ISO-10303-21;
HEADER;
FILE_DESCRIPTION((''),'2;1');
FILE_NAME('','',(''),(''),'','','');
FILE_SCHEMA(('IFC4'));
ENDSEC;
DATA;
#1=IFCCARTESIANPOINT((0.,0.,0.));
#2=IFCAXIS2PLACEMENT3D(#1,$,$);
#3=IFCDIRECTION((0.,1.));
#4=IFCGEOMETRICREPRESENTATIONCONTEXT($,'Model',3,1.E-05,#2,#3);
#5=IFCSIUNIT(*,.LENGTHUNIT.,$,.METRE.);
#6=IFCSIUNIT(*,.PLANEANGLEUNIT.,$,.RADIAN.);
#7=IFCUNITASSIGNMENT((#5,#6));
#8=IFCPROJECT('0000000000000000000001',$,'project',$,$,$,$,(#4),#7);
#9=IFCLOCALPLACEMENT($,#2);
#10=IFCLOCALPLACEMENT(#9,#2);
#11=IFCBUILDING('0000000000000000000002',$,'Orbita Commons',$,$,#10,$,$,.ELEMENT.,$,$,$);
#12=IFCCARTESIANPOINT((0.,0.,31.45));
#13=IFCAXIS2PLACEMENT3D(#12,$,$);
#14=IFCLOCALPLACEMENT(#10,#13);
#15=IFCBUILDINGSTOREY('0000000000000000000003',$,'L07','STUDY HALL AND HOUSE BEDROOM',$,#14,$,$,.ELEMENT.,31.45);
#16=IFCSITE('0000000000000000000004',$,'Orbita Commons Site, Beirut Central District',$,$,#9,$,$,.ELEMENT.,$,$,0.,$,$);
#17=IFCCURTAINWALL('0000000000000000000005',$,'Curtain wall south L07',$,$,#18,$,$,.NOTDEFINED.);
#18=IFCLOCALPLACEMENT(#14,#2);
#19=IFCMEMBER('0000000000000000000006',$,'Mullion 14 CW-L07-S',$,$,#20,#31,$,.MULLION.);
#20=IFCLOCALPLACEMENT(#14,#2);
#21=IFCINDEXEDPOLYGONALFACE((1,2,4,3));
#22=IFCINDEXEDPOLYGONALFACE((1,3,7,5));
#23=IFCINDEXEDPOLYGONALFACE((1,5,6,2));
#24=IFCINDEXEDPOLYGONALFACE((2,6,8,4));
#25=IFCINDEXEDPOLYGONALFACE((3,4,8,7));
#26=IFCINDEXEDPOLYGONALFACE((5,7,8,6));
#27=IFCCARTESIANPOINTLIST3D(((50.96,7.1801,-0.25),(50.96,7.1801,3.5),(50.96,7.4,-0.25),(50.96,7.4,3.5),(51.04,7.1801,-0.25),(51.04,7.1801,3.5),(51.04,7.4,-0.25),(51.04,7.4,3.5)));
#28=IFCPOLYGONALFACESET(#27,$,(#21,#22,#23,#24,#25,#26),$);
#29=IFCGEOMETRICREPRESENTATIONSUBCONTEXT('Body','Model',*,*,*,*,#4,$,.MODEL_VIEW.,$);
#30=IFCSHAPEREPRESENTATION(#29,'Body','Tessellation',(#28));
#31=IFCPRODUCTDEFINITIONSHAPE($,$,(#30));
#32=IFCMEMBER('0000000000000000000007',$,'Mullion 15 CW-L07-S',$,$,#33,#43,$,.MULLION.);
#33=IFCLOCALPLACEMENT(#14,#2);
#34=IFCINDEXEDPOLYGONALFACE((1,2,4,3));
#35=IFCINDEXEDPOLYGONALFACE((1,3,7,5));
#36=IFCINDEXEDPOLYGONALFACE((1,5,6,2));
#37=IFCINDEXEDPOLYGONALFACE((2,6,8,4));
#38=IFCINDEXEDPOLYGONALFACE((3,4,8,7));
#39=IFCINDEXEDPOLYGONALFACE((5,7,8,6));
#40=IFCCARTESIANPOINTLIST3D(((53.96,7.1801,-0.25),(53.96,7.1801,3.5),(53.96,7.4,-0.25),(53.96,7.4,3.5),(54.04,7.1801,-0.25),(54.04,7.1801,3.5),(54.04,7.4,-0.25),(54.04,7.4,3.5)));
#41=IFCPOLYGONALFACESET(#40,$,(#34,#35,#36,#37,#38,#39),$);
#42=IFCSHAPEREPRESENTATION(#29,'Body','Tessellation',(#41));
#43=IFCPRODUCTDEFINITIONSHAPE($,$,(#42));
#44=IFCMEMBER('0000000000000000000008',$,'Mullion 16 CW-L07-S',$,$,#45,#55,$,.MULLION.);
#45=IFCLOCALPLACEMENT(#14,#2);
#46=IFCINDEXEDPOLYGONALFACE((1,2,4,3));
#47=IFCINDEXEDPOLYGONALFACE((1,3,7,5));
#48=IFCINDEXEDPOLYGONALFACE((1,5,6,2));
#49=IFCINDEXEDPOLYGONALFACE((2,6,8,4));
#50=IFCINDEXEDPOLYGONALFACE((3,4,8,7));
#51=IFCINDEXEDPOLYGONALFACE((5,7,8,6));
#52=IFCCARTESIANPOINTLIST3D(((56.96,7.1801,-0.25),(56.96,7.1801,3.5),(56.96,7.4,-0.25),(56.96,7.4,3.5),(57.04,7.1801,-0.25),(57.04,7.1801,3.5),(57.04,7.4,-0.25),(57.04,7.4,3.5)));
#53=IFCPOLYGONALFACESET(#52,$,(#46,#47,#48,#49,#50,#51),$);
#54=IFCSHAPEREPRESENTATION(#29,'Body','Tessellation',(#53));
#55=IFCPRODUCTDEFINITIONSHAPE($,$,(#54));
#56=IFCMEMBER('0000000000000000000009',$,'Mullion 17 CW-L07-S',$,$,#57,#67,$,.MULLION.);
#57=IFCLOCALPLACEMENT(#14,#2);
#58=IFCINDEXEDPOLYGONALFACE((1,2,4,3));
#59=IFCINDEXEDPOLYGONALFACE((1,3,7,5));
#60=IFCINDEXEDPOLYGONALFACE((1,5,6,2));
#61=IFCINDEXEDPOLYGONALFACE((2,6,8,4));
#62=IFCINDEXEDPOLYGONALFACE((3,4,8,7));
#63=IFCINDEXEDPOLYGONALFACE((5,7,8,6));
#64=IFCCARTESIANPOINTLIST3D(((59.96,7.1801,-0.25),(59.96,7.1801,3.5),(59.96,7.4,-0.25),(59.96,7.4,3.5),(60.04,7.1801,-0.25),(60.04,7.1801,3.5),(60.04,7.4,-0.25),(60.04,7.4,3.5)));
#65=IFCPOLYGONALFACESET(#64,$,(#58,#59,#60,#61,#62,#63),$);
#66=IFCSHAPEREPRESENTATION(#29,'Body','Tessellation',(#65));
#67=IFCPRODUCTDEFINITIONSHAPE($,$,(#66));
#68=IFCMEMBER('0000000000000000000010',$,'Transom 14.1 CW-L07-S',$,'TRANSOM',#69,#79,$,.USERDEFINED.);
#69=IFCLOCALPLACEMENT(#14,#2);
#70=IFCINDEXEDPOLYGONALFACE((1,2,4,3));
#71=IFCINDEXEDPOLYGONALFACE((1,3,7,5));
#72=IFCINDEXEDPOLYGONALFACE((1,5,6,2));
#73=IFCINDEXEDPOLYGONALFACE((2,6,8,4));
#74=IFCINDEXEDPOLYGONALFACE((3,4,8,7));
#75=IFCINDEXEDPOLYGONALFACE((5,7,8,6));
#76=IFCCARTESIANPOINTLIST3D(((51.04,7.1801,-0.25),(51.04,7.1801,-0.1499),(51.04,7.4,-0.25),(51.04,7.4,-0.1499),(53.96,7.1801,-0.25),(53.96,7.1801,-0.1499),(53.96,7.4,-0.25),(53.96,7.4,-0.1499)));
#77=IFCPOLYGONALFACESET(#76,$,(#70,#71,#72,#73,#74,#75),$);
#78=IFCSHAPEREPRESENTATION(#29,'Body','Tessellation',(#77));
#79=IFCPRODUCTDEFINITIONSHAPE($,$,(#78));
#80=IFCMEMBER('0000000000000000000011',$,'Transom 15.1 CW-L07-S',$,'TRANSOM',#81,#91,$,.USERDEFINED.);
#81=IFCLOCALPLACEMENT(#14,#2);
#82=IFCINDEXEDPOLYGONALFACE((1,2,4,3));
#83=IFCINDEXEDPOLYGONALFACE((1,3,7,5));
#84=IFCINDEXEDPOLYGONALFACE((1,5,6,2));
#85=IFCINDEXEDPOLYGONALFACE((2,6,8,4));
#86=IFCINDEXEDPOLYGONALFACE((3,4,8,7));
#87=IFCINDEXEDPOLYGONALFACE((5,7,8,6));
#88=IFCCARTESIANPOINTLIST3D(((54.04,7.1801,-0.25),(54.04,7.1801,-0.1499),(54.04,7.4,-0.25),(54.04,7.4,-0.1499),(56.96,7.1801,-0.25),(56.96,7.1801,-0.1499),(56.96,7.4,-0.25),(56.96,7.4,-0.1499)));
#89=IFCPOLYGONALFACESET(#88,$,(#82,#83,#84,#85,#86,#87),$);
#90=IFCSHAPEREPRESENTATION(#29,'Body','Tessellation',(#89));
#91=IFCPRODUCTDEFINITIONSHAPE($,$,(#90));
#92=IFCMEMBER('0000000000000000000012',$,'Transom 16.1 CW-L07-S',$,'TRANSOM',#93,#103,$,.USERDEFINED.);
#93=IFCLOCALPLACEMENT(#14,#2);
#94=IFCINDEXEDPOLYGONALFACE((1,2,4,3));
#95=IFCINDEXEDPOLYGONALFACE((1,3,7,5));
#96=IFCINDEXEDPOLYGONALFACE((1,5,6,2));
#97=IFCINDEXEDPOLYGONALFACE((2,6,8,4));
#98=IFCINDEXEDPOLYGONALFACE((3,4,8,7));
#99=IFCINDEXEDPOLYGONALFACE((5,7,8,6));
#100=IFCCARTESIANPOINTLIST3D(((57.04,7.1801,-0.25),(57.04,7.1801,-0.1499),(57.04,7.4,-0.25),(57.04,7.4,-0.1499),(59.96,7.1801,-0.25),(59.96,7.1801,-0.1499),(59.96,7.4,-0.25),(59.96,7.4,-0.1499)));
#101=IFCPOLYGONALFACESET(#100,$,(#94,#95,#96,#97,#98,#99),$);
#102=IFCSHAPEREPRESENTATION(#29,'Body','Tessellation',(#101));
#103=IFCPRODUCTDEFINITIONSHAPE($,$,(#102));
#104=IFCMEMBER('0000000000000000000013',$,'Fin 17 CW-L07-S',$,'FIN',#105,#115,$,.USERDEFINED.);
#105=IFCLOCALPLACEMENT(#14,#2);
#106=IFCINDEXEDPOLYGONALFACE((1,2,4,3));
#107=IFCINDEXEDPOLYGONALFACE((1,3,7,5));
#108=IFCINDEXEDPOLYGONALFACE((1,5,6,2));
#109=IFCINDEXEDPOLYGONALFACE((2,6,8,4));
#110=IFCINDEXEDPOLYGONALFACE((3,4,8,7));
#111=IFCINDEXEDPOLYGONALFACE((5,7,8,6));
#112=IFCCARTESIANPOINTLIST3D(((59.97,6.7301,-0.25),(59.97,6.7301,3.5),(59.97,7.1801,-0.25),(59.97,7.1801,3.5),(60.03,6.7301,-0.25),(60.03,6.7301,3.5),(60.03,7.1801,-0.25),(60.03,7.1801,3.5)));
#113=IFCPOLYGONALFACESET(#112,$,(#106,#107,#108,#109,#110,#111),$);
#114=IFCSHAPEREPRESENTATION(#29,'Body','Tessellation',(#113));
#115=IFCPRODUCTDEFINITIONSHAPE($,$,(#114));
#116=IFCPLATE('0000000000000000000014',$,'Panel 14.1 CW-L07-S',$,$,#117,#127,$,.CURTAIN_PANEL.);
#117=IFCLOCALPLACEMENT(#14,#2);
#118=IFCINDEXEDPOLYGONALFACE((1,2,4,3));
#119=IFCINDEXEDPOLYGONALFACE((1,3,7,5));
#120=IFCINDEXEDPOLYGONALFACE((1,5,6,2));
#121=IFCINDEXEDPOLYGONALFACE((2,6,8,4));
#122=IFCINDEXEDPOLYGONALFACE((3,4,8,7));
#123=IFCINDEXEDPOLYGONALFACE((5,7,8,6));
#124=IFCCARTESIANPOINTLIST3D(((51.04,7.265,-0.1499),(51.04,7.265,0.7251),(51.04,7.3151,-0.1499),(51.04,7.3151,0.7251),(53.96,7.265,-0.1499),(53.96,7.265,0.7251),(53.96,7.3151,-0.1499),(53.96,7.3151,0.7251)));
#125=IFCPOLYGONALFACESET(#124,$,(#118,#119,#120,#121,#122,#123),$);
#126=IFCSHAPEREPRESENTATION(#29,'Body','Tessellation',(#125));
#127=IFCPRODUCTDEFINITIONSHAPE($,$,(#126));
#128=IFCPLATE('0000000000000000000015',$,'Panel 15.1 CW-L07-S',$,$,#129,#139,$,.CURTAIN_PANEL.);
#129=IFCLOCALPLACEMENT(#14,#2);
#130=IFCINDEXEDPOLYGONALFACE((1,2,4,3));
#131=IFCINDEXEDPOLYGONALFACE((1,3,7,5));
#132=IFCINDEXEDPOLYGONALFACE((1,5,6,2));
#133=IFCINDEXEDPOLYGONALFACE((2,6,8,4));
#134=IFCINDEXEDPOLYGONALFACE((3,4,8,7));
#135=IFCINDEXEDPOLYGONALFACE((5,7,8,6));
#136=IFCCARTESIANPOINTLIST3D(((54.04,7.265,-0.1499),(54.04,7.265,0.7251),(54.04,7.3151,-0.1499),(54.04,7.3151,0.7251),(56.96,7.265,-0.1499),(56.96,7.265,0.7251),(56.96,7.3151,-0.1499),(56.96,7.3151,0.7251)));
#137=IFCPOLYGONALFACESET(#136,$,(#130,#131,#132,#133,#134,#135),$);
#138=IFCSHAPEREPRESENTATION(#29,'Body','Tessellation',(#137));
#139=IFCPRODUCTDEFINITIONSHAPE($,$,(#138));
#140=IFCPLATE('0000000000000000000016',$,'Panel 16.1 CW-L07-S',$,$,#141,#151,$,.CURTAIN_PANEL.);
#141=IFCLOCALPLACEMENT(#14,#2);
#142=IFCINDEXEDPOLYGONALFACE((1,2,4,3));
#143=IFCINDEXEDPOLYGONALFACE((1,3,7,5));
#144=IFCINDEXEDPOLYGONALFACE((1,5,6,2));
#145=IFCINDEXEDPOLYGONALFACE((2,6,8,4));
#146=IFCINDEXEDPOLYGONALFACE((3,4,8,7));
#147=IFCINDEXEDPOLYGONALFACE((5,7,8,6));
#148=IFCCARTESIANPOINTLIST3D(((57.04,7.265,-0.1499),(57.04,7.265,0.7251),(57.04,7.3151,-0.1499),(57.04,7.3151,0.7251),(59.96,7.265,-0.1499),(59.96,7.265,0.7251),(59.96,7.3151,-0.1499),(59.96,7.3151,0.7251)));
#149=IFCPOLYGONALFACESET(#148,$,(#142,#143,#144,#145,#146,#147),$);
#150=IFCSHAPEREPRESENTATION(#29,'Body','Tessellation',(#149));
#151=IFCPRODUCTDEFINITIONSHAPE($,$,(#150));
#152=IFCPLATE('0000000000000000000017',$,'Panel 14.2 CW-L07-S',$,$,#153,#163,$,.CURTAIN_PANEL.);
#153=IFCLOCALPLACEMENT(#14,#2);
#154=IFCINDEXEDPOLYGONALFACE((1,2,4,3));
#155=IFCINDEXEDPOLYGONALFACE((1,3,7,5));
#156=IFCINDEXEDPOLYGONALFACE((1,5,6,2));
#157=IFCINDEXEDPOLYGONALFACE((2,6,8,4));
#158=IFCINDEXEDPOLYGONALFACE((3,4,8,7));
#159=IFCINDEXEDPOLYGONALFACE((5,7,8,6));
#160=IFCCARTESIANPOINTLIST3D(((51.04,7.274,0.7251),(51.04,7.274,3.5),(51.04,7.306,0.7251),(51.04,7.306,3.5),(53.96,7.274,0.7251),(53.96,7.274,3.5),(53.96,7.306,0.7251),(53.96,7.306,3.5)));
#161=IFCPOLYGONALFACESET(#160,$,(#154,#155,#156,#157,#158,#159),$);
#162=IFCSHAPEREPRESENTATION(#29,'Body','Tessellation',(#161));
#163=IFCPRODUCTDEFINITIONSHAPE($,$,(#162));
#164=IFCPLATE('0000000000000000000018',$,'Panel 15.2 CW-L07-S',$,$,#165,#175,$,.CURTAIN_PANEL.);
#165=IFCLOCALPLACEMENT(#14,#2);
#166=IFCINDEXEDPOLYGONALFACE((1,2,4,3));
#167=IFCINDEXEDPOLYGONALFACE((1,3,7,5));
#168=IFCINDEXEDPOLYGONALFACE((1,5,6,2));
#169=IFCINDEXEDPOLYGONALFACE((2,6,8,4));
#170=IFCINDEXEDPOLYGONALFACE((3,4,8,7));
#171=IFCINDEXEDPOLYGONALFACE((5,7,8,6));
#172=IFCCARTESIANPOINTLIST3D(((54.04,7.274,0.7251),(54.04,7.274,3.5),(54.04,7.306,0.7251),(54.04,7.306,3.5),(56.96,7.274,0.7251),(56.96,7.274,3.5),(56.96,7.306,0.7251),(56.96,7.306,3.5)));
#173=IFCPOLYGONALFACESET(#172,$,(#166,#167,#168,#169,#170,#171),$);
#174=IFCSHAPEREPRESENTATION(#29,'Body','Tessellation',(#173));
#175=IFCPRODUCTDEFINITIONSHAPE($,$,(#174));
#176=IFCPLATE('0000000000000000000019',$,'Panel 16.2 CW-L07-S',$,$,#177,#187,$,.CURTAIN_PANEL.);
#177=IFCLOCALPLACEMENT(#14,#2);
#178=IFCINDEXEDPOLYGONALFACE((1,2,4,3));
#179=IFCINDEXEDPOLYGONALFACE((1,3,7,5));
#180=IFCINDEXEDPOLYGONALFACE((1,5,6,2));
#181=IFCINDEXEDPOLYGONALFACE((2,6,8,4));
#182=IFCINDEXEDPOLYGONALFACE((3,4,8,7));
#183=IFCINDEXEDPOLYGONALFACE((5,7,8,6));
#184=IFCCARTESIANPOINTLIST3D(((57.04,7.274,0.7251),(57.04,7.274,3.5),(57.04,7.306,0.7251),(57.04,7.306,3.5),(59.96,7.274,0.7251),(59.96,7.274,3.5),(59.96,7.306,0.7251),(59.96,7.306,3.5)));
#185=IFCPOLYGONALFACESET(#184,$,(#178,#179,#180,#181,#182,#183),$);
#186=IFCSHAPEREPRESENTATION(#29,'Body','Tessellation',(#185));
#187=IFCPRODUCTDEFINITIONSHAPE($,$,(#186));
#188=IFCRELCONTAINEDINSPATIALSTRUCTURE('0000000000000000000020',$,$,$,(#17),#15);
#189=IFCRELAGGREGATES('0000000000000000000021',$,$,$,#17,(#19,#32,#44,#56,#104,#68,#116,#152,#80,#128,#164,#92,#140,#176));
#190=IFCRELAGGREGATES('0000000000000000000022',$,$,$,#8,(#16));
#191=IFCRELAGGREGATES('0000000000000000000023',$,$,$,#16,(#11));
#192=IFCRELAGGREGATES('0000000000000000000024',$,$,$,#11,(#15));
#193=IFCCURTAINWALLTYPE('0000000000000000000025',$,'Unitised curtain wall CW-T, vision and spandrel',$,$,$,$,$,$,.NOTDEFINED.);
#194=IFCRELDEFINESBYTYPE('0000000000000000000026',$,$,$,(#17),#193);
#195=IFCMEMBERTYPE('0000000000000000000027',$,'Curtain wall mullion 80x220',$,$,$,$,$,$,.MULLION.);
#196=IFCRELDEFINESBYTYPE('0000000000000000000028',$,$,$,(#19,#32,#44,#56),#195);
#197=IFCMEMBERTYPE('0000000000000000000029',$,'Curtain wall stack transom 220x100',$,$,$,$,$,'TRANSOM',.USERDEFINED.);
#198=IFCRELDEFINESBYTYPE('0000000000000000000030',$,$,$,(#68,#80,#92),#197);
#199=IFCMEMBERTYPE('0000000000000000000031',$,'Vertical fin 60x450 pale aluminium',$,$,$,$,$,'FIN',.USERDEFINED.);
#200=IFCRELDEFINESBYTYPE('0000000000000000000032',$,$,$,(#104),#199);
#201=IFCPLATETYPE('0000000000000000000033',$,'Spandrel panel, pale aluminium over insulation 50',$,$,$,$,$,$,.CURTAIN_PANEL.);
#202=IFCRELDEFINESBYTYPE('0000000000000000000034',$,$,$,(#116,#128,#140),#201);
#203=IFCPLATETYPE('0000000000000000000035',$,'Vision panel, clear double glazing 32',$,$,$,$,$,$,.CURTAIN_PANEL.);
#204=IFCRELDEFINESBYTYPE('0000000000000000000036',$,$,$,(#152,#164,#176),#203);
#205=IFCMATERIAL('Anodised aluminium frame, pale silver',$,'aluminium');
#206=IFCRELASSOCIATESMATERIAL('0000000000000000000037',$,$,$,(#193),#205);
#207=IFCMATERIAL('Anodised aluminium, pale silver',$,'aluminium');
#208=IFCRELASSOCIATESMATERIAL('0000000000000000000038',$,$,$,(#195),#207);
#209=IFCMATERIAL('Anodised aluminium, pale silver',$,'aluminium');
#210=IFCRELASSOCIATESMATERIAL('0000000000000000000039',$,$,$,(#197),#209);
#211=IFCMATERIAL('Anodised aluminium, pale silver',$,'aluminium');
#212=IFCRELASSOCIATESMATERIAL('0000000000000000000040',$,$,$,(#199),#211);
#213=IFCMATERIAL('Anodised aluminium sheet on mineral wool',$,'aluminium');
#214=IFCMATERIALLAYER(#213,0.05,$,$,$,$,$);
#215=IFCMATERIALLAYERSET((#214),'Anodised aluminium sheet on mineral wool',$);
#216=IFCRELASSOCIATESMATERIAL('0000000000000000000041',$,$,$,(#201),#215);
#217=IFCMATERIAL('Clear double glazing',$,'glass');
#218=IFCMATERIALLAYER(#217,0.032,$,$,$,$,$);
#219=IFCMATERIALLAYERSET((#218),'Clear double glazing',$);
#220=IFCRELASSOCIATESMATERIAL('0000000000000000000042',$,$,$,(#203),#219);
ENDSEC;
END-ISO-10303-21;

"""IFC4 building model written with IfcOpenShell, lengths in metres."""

from ifc_helpers import new_model, si_unit, direction, frame, origin, origin_2d, place, context, subcontext, project, spatial, rectangle, extrude, material, layer, layer_set, material_profile, profile_set, type_object, element, aggregate, save


model = new_model("IFC4")

# Units and contexts
model_context = context("Model", 3, precision=1e-05, world=origin(), true_north=direction((0.0, 1.0)))
body_context = subcontext(model_context, "Body", "Model", "MODEL_VIEW")
ifc_project = project(units=[si_unit("LENGTHUNIT", "METRE"), si_unit("PLANEANGLEUNIT", "RADIAN")], contexts=[model_context])

# Site, building, storey
site_placement = place(None, origin())
site = spatial("IfcSite", under=ifc_project, at=site_placement, Name="Orbita Commons Site, Beirut Central District", CompositionType="ELEMENT", RefElevation=0.0)
building_placement = place(site_placement, origin())
building = spatial("IfcBuilding", under=site, at=building_placement, Name="Orbita Commons", CompositionType="ELEMENT")
storey_placement = place(building_placement, frame((0.0, 0.0, 31.45)))
storey = spatial("IfcBuildingStorey", under=building, at=storey_placement, Name="L07", Description="STUDY HALL AND HOUSE BEDROOM", CompositionType="ELEMENT", Elevation=31.45)

# Curtain wall, members, plates
ifc_material_1 = material(Name="Anodised aluminium frame, pale silver", Category="aluminium")
curtain_wall_type = type_object("IfcCurtainWallType", Name="Unitised curtain wall CW-T, vision and spandrel", PredefinedType="NOTDEFINED", material=ifc_material_1)
curtain_wall_placement = place(storey_placement, origin())
curtain_wall = element("IfcCurtainWall", 1, at=curtain_wall_placement, inside=storey, type_object=curtain_wall_type, Name="Curtain wall south L07", PredefinedType="NOTDEFINED")
ifc_material_2 = material(Name="Anodised aluminium, pale silver", Category="aluminium")
ifc_material_profile_1 = material_profile(ifc_material_2, rectangle(XDim=0.0801, YDim=0.22, at=origin_2d()), Name="AL 80x220")
ifc_profile_set_1 = profile_set([ifc_material_profile_1], Name="Anodised aluminium, pale silver")
member_type_1 = type_object("IfcMemberType", Name="Curtain wall mullion 80x220", PredefinedType="MULLION", material=ifc_profile_set_1)
member_1_placement = place(storey_placement, frame((51.0, 7.29, -0.25), z_axis=(0.0, 0.0, 1.0), x_axis=(1.0, 0.0, 0.0)))
member_1 = element("IfcMember", 2, at=member_1_placement, type_object=member_type_1, Name="Mullion 14 CW-L07-S", PredefinedType="MULLION", context=body_context, shape_type="SweptSolid", body=[
    extrude(rectangle(XDim=0.0801, YDim=0.22, at=origin_2d()), origin(), (0.0, 0.0, 1.0), 3.75),
])
member_2_placement = place(storey_placement, frame((54.0, 7.29, -0.25), z_axis=(0.0, 0.0, 1.0), x_axis=(1.0, 0.0, 0.0)))
member_2 = element("IfcMember", 3, at=member_2_placement, type_object=member_type_1, Name="Mullion 15 CW-L07-S", PredefinedType="MULLION", context=body_context, shape_type="SweptSolid", body=[
    extrude(rectangle(XDim=0.0801, YDim=0.22, at=origin_2d()), origin(), (0.0, 0.0, 1.0), 3.75),
])
member_3_placement = place(storey_placement, frame((57.0, 7.29, -0.25), z_axis=(0.0, 0.0, 1.0), x_axis=(1.0, 0.0, 0.0)))
member_3 = element("IfcMember", 4, at=member_3_placement, type_object=member_type_1, Name="Mullion 16 CW-L07-S", PredefinedType="MULLION", context=body_context, shape_type="SweptSolid", body=[
    extrude(rectangle(XDim=0.0801, YDim=0.22, at=origin_2d()), origin(), (0.0, 0.0, 1.0), 3.75),
])
member_4_placement = place(storey_placement, frame((60.0, 7.29, -0.25), z_axis=(0.0, 0.0, 1.0), x_axis=(1.0, 0.0, 0.0)))
member_4 = element("IfcMember", 5, at=member_4_placement, type_object=member_type_1, Name="Mullion 17 CW-L07-S", PredefinedType="MULLION", context=body_context, shape_type="SweptSolid", body=[
    extrude(rectangle(XDim=0.0801, YDim=0.22, at=origin_2d()), origin(), (0.0, 0.0, 1.0), 3.75),
])
ifc_material_3 = material(Name="Anodised aluminium, pale silver", Category="aluminium")
ifc_material_profile_2 = material_profile(ifc_material_3, rectangle(XDim=0.22, YDim=0.1001, at=origin_2d()), Name="AL 220x100")
ifc_profile_set_2 = profile_set([ifc_material_profile_2], Name="Anodised aluminium, pale silver")
member_type_2 = type_object("IfcMemberType", Name="Curtain wall stack transom 220x100", ElementType="TRANSOM", PredefinedType="USERDEFINED", material=ifc_profile_set_2)
member_5_placement = place(storey_placement, frame((51.04, 7.29, -0.2), z_axis=(1.0, 0.0, 0.0), x_axis=(0.0, 1.0, 0.0)))
member_5 = element("IfcMember", 6, at=member_5_placement, type_object=member_type_2, Name="Transom 14.1 CW-L07-S", ObjectType="TRANSOM", PredefinedType="USERDEFINED", context=body_context, shape_type="SweptSolid", body=[
    extrude(rectangle(XDim=0.22, YDim=0.1001, at=origin_2d()), origin(), (0.0, 0.0, 1.0), 2.9199),
])
member_6_placement = place(storey_placement, frame((54.04, 7.29, -0.2), z_axis=(1.0, 0.0, 0.0), x_axis=(0.0, 1.0, 0.0)))
member_6 = element("IfcMember", 7, at=member_6_placement, type_object=member_type_2, Name="Transom 15.1 CW-L07-S", ObjectType="TRANSOM", PredefinedType="USERDEFINED", context=body_context, shape_type="SweptSolid", body=[
    extrude(rectangle(XDim=0.22, YDim=0.1001, at=origin_2d()), origin(), (0.0, 0.0, 1.0), 2.9199),
])
member_7_placement = place(storey_placement, frame((57.04, 7.29, -0.2), z_axis=(1.0, 0.0, 0.0), x_axis=(0.0, 1.0, 0.0)))
member_7 = element("IfcMember", 8, at=member_7_placement, type_object=member_type_2, Name="Transom 16.1 CW-L07-S", ObjectType="TRANSOM", PredefinedType="USERDEFINED", context=body_context, shape_type="SweptSolid", body=[
    extrude(rectangle(XDim=0.22, YDim=0.1001, at=origin_2d()), origin(), (0.0, 0.0, 1.0), 2.9199),
])
ifc_material_4 = material(Name="Anodised aluminium, pale silver", Category="aluminium")
ifc_material_profile_3 = material_profile(ifc_material_4, rectangle(XDim=0.0601, YDim=0.45, at=origin_2d()), Name="FIN 60x450")
ifc_profile_set_3 = profile_set([ifc_material_profile_3], Name="Anodised aluminium, pale silver")
member_type_3 = type_object("IfcMemberType", Name="Vertical fin 60x450 pale aluminium", ElementType="FIN", PredefinedType="USERDEFINED", material=ifc_profile_set_3)
member_8_placement = place(storey_placement, frame((60.0, 6.9551, -0.25), z_axis=(0.0, 0.0, 1.0), x_axis=(1.0, 0.0, 0.0)))
member_8 = element("IfcMember", 9, at=member_8_placement, type_object=member_type_3, Name="Fin 17 CW-L07-S", ObjectType="FIN", PredefinedType="USERDEFINED", context=body_context, shape_type="SweptSolid", body=[
    extrude(rectangle(XDim=0.0601, YDim=0.45, at=origin_2d()), origin(), (0.0, 0.0, 1.0), 3.75),
])
ifc_material_5 = material(Name="Anodised aluminium sheet on mineral wool", Category="aluminium")
ifc_layer_1 = layer(ifc_material_5, 0.05)
ifc_layer_set_1 = layer_set([ifc_layer_1], Name="Anodised aluminium sheet on mineral wool")
plate_type_1 = type_object("IfcPlateType", Name="Spandrel panel, pale aluminium over insulation 50", PredefinedType="CURTAIN_PANEL", material=ifc_layer_set_1)
plate_1_placement = place(storey_placement, frame((52.5, 7.29, -0.1499), z_axis=(0.0, 0.0, 1.0), x_axis=(1.0, 0.0, 0.0)))
plate_1 = element("IfcPlate", 10, at=plate_1_placement, type_object=plate_type_1, Name="Panel 14.1 CW-L07-S", PredefinedType="CURTAIN_PANEL", context=body_context, shape_type="SweptSolid", body=[
    extrude(rectangle(XDim=2.9199, YDim=0.05, at=origin_2d()), origin(), (0.0, 0.0, 1.0), 0.875),
])
plate_2_placement = place(storey_placement, frame((55.5, 7.29, -0.1499), z_axis=(0.0, 0.0, 1.0), x_axis=(1.0, 0.0, 0.0)))
plate_2 = element("IfcPlate", 11, at=plate_2_placement, type_object=plate_type_1, Name="Panel 15.1 CW-L07-S", PredefinedType="CURTAIN_PANEL", context=body_context, shape_type="SweptSolid", body=[
    extrude(rectangle(XDim=2.9199, YDim=0.05, at=origin_2d()), origin(), (0.0, 0.0, 1.0), 0.875),
])
plate_3_placement = place(storey_placement, frame((58.5, 7.29, -0.1499), z_axis=(0.0, 0.0, 1.0), x_axis=(1.0, 0.0, 0.0)))
plate_3 = element("IfcPlate", 12, at=plate_3_placement, type_object=plate_type_1, Name="Panel 16.1 CW-L07-S", PredefinedType="CURTAIN_PANEL", context=body_context, shape_type="SweptSolid", body=[
    extrude(rectangle(XDim=2.9199, YDim=0.05, at=origin_2d()), origin(), (0.0, 0.0, 1.0), 0.875),
])
ifc_material_6 = material(Name="Clear double glazing", Category="glass")
ifc_layer_2 = layer(ifc_material_6, 0.032)
ifc_layer_set_2 = layer_set([ifc_layer_2], Name="Clear double glazing")
plate_type_2 = type_object("IfcPlateType", Name="Vision panel, clear double glazing 32", PredefinedType="CURTAIN_PANEL", material=ifc_layer_set_2)
plate_4_placement = place(storey_placement, frame((52.5, 7.29, 0.7251), z_axis=(0.0, 0.0, 1.0), x_axis=(1.0, 0.0, 0.0)))
plate_4 = element("IfcPlate", 13, at=plate_4_placement, type_object=plate_type_2, Name="Panel 14.2 CW-L07-S", PredefinedType="CURTAIN_PANEL", context=body_context, shape_type="SweptSolid", body=[
    extrude(rectangle(XDim=2.9199, YDim=0.032, at=origin_2d()), origin(), (0.0, 0.0, 1.0), 2.7749),
])
plate_5_placement = place(storey_placement, frame((55.5, 7.29, 0.7251), z_axis=(0.0, 0.0, 1.0), x_axis=(1.0, 0.0, 0.0)))
plate_5 = element("IfcPlate", 14, at=plate_5_placement, type_object=plate_type_2, Name="Panel 15.2 CW-L07-S", PredefinedType="CURTAIN_PANEL", context=body_context, shape_type="SweptSolid", body=[
    extrude(rectangle(XDim=2.9199, YDim=0.032, at=origin_2d()), origin(), (0.0, 0.0, 1.0), 2.7749),
])
plate_6_placement = place(storey_placement, frame((58.5, 7.29, 0.7251), z_axis=(0.0, 0.0, 1.0), x_axis=(1.0, 0.0, 0.0)))
plate_6 = element("IfcPlate", 15, at=plate_6_placement, type_object=plate_type_2, Name="Panel 16.2 CW-L07-S", PredefinedType="CURTAIN_PANEL", context=body_context, shape_type="SweptSolid", body=[
    extrude(rectangle(XDim=2.9199, YDim=0.032, at=origin_2d()), origin(), (0.0, 0.0, 1.0), 2.7749),
])
aggregate(curtain_wall, [member_1, member_2, member_3, member_4, member_8, member_5, plate_1, plate_4, member_6, plate_2, plate_5, member_7, plate_3, plate_6])

save(model, "model.ifc")
